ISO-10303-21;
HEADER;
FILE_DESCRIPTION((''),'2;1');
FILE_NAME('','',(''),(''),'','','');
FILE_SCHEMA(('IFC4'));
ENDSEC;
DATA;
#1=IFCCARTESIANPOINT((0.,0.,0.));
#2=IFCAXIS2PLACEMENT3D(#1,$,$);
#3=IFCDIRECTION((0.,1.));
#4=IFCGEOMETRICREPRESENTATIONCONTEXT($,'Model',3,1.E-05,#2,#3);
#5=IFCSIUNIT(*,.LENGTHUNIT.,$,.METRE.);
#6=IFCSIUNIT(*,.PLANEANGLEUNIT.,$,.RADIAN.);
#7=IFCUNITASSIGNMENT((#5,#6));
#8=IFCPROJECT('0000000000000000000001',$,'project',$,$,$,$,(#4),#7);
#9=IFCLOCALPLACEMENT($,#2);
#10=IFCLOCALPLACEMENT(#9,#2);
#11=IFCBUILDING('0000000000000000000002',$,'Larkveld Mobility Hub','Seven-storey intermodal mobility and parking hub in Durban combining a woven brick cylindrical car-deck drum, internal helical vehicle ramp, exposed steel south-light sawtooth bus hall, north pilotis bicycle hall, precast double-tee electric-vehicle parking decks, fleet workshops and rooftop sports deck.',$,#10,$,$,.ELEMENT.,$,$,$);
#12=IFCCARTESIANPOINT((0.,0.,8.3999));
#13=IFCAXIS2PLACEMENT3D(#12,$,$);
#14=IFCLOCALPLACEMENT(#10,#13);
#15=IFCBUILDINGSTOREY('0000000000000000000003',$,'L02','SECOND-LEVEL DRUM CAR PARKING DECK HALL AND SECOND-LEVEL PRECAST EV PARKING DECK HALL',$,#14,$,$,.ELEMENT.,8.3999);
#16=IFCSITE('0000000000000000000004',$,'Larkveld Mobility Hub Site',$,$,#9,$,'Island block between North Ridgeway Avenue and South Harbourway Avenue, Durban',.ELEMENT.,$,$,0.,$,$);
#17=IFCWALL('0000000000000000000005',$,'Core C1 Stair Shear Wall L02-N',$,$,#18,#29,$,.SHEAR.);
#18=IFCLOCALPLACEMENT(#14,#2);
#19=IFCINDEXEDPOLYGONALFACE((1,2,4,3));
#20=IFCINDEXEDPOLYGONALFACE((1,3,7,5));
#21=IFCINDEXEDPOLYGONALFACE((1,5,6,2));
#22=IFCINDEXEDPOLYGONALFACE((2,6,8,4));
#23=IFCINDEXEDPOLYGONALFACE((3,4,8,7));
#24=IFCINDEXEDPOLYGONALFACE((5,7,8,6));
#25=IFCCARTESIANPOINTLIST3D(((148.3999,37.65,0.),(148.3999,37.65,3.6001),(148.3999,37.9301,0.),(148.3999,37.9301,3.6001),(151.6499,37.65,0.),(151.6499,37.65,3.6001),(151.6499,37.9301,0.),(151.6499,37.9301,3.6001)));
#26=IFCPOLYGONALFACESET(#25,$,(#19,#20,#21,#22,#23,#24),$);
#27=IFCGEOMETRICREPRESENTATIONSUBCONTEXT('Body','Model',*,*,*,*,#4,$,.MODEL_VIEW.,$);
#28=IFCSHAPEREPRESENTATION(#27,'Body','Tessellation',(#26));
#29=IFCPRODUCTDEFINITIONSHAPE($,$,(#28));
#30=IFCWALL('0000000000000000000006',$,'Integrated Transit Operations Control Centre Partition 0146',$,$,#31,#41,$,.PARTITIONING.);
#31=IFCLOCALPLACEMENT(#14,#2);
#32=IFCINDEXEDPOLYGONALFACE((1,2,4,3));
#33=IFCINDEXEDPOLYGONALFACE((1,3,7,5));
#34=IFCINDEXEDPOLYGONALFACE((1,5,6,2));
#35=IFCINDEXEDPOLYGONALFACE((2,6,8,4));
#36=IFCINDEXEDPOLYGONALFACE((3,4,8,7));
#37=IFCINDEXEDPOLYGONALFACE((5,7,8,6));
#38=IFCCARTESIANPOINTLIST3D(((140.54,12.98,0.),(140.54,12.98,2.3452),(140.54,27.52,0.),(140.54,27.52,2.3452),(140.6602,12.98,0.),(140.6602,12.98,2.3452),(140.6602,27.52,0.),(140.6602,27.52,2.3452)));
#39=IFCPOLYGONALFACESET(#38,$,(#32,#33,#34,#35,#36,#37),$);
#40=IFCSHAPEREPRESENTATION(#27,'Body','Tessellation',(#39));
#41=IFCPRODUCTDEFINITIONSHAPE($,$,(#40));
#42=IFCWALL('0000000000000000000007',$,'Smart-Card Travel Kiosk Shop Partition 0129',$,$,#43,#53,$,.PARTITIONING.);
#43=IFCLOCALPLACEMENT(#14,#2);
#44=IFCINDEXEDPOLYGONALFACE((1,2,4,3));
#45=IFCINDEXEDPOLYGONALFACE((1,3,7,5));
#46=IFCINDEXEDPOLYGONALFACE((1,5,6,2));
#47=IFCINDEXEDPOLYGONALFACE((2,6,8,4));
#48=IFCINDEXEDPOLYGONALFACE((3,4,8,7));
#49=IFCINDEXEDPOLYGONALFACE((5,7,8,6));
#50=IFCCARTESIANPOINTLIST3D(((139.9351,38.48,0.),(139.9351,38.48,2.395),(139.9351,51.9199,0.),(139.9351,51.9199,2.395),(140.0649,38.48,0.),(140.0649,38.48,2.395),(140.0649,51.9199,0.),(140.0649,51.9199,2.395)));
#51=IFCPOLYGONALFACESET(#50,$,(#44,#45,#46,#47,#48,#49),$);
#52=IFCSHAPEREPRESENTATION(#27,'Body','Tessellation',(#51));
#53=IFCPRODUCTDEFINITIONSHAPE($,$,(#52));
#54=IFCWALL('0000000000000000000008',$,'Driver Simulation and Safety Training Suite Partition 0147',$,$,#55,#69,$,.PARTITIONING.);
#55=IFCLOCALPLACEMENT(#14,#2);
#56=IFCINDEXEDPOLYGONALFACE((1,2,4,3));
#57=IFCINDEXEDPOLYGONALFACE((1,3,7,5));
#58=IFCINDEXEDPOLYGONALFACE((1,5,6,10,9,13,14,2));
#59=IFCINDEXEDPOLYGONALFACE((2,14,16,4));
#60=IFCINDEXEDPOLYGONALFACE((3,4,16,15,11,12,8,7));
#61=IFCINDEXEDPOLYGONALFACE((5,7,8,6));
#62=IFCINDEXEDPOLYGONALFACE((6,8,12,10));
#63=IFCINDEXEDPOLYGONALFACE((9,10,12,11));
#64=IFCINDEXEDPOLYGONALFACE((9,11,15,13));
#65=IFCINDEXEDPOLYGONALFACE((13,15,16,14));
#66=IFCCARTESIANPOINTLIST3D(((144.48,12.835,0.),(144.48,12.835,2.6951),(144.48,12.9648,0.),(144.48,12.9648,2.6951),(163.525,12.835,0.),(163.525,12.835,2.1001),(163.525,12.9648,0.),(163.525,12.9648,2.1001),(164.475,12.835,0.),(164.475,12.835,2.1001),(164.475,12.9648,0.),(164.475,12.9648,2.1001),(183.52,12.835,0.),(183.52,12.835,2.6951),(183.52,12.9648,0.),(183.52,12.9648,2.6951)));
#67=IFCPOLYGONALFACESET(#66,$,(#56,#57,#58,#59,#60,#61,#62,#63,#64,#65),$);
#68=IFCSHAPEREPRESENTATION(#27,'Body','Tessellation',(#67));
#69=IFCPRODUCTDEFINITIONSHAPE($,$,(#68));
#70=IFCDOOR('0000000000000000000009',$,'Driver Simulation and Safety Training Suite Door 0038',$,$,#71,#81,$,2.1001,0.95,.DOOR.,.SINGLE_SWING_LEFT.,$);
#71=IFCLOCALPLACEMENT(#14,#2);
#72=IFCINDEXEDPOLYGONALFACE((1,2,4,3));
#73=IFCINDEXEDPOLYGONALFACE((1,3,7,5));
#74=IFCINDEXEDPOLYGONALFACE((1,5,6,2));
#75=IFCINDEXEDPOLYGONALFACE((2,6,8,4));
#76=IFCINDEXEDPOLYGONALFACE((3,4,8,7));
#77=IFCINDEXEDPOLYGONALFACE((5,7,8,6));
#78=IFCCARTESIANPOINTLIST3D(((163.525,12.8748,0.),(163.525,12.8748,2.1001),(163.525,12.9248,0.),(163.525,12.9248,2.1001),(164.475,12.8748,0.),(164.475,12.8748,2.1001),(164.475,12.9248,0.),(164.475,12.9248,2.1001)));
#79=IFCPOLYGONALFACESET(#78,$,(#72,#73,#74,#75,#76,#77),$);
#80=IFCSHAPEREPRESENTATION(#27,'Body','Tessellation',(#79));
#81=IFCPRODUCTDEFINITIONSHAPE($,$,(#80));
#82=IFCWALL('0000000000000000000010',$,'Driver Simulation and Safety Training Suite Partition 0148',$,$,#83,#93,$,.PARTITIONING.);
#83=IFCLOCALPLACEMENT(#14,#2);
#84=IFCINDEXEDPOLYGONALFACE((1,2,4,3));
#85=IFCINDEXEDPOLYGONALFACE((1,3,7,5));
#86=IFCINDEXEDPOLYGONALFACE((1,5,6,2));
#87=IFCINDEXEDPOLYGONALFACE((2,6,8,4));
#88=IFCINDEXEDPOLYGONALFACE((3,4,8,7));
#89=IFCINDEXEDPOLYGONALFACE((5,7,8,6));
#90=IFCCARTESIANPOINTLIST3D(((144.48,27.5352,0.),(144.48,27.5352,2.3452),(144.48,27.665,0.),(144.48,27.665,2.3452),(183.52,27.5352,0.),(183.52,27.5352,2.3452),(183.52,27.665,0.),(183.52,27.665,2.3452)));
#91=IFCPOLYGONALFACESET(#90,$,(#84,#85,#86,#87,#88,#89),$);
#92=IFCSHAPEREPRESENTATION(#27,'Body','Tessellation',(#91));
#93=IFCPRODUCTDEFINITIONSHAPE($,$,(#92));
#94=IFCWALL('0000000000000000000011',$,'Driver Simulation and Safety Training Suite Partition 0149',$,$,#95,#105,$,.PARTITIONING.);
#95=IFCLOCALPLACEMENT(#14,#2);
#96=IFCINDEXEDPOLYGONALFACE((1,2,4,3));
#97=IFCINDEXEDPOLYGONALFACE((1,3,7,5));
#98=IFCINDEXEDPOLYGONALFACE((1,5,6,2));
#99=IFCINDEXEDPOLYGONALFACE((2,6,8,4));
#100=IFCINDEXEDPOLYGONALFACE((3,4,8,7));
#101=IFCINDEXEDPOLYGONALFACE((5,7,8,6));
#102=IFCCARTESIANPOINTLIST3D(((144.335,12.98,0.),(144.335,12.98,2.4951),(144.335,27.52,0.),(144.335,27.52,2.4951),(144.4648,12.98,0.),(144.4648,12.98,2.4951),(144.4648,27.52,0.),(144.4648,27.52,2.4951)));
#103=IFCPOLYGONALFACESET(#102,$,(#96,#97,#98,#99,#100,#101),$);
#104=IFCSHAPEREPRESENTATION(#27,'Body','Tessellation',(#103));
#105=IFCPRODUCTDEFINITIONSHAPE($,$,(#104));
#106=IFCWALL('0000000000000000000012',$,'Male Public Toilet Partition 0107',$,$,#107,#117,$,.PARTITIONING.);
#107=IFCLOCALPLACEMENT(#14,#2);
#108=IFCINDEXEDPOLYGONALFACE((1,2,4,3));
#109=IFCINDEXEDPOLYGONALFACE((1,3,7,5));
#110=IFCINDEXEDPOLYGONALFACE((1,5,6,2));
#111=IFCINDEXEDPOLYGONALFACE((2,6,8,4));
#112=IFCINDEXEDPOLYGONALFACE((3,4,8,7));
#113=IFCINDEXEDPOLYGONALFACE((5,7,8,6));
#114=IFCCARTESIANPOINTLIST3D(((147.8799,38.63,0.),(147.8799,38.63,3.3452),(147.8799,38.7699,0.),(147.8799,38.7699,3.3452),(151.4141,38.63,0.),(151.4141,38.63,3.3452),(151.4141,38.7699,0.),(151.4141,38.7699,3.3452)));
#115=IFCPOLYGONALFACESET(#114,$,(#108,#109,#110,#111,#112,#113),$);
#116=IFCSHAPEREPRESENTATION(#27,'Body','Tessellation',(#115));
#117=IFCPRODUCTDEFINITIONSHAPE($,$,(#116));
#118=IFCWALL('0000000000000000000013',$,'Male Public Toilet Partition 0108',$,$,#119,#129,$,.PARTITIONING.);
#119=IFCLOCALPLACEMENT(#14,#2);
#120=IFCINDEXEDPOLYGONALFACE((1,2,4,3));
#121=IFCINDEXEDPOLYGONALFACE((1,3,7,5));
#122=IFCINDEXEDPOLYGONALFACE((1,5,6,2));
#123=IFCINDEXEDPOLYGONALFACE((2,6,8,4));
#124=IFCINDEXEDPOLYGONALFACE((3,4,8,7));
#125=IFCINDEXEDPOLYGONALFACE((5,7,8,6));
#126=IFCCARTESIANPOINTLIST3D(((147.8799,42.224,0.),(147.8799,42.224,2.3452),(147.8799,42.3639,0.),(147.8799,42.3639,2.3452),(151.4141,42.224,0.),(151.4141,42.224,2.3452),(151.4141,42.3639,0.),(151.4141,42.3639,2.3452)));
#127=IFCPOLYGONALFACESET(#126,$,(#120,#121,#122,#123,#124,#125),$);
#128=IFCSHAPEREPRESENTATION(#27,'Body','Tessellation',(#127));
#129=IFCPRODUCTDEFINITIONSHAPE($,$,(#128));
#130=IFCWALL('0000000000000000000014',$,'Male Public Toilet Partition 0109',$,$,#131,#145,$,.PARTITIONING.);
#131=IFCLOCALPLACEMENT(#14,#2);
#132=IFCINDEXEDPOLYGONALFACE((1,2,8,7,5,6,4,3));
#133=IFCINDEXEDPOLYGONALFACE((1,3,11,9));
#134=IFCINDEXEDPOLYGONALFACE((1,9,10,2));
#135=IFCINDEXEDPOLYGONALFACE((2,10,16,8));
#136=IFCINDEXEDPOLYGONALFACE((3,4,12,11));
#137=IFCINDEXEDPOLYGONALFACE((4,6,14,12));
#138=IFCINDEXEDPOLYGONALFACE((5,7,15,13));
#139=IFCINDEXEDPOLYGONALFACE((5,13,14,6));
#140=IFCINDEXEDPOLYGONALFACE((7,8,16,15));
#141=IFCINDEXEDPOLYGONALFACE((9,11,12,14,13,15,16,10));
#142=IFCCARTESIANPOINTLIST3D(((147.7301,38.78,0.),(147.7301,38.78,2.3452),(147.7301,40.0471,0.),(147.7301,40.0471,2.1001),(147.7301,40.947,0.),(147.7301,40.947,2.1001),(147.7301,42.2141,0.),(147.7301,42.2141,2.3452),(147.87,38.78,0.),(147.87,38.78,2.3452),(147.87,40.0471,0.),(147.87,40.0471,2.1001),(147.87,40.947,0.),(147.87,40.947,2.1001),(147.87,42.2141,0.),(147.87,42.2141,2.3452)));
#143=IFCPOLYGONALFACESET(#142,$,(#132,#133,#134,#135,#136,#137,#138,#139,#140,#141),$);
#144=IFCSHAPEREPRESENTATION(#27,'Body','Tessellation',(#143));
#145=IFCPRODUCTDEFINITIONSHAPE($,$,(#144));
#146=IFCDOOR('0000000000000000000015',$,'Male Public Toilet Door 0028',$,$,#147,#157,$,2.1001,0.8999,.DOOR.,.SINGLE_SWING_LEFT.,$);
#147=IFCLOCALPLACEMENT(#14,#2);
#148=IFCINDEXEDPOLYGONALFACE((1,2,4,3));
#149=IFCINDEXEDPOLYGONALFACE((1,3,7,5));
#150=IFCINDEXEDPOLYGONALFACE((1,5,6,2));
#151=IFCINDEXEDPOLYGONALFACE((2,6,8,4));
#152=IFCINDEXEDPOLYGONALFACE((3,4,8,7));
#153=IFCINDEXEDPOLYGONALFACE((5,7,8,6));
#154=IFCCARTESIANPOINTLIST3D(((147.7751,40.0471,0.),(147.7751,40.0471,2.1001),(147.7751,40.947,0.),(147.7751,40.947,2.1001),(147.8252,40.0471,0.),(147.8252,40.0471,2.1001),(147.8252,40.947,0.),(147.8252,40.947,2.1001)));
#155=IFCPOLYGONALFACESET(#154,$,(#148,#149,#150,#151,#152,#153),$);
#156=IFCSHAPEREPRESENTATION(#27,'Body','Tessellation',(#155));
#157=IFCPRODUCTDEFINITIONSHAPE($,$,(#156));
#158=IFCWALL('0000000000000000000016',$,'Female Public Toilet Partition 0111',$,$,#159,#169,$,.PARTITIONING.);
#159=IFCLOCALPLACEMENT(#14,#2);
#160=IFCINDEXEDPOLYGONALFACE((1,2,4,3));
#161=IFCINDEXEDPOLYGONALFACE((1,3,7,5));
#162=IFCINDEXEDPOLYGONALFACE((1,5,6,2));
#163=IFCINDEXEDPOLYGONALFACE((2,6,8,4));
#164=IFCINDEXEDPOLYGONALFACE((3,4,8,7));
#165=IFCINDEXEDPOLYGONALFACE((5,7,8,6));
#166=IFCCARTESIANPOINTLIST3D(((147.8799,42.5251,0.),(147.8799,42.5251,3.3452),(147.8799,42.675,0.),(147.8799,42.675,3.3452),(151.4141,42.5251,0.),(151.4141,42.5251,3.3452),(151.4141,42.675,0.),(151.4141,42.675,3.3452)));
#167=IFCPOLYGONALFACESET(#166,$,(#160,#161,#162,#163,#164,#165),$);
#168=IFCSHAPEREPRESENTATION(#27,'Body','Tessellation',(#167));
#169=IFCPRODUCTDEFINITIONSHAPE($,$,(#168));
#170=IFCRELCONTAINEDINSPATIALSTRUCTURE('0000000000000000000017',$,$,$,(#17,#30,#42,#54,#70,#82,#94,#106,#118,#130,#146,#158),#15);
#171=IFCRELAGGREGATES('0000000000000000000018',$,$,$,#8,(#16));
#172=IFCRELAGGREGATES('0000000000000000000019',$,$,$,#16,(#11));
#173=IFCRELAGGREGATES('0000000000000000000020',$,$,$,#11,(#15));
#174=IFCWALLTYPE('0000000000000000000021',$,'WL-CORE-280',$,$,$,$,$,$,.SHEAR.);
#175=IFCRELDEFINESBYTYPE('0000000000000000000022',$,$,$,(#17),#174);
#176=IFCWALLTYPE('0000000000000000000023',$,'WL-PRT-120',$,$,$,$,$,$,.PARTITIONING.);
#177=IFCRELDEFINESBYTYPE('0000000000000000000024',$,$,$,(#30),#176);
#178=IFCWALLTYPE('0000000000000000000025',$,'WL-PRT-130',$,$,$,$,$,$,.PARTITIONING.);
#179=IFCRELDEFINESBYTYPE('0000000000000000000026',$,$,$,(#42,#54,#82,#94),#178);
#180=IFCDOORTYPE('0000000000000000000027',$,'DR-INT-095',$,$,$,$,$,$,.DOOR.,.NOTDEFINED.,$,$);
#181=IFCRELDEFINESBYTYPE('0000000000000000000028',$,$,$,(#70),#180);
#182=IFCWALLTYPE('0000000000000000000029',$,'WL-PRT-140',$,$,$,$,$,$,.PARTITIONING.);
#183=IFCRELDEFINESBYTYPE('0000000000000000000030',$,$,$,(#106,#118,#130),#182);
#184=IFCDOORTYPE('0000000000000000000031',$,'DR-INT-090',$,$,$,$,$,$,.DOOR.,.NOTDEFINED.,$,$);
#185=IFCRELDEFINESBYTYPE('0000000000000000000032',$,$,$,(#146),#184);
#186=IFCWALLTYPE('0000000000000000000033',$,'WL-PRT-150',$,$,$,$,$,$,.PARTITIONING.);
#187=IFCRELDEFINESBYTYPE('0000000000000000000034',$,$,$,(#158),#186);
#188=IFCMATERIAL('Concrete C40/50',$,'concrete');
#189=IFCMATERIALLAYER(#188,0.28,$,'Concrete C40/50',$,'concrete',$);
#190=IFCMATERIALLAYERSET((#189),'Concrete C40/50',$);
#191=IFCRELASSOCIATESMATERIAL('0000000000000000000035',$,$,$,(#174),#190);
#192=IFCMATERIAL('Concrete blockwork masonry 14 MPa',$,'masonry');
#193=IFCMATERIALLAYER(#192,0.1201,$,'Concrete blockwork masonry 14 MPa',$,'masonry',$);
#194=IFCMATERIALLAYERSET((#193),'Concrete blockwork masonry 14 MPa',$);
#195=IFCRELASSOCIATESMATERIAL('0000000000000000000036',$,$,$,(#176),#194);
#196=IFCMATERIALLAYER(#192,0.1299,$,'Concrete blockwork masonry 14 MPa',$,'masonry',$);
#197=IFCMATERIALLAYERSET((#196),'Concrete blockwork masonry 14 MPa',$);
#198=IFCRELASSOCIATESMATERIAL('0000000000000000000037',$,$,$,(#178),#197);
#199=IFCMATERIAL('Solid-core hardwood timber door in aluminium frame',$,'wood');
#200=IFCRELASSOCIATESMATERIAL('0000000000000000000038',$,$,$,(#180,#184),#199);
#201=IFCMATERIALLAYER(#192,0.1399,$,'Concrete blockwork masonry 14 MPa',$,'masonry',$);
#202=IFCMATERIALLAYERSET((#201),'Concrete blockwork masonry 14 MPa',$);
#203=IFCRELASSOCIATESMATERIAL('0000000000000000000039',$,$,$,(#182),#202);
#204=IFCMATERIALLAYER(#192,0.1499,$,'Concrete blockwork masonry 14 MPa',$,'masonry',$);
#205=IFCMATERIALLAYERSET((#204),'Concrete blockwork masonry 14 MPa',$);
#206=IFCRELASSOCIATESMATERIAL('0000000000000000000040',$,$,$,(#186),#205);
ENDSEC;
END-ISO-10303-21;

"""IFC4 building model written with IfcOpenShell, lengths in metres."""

from ifc_helpers import new_model, si_unit, direction, frame, frame_2d, origin, place, context, subcontext, project, spatial, rectangle, extrude, material, layer, layer_set, type_object, element, fill, save


model = new_model("IFC4")

# Units and contexts
model_context = context("Model", 3, precision=1e-05, world=origin(), true_north=direction((0.0, 1.0)))
body_context = subcontext(model_context, "Body", "Model", "MODEL_VIEW")
ifc_project = project(units=[si_unit("LENGTHUNIT", "METRE"), si_unit("PLANEANGLEUNIT", "RADIAN")], contexts=[model_context])

# Site, building, storey
site_placement = place(None, origin())
site = spatial("IfcSite", under=ifc_project, at=site_placement, Name="Larkveld Mobility Hub Site", LongName="Island block between North Ridgeway Avenue and South Harbourway Avenue, Durban", CompositionType="ELEMENT", RefElevation=0.0)
building_placement = place(site_placement, origin())
building = spatial("IfcBuilding", under=site, at=building_placement, Name="Larkveld Mobility Hub", Description="Seven-storey intermodal mobility and parking hub in Durban combining a woven brick cylindrical car-deck drum, internal helical vehicle ramp, exposed steel south-light sawtooth bus hall, north pilotis bicycle hall, precast double-tee electric-vehicle parking decks, fleet workshops and rooftop sports deck.", CompositionType="ELEMENT")
storey_placement = place(building_placement, frame((0.0, 0.0, 8.3999)))
storey = spatial("IfcBuildingStorey", under=building, at=storey_placement, Name="L02", Description="SECOND-LEVEL DRUM CAR PARKING DECK HALL AND SECOND-LEVEL PRECAST EV PARKING DECK HALL", CompositionType="ELEMENT", Elevation=8.3999)

# Shared definitions
ifc_material_1 = material(Name="Concrete C40/50", Category="concrete")

# Shared definitions
ifc_layer_1 = layer(ifc_material_1, 0.28, Name="Concrete C40/50", Category="concrete")
ifc_layer_set_1 = layer_set([ifc_layer_1], Name="Concrete C40/50")
wall_type_1 = type_object("IfcWallType", Name="WL-CORE-280", PredefinedType="SHEAR", material=ifc_layer_set_1)

# Walls
wall_1_placement = place(storey_placement, frame((148.3999, 37.79, 0.0), z_axis=(0.0, 0.0, 1.0), x_axis=(1.0, 0.0, 0.0)))
element("IfcWall", 1, at=wall_1_placement, inside=storey, type_object=wall_type_1, Name="Core C1 Stair Shear Wall L02-N", PredefinedType="SHEAR", context=body_context, shape_type="SweptSolid", body=[
    extrude(rectangle(XDim=3.25, YDim=0.28, at=frame_2d((1.625, 0.0))), origin(), (0.0, 0.0, 1.0), 3.6001),
])
ifc_material_2 = material(Name="Concrete blockwork masonry 14 MPa", Category="masonry")
ifc_layer_2 = layer(ifc_material_2, 0.1201, Name="Concrete blockwork masonry 14 MPa", Category="masonry")
ifc_layer_set_2 = layer_set([ifc_layer_2], Name="Concrete blockwork masonry 14 MPa")
wall_type_2 = type_object("IfcWallType", Name="WL-PRT-120", PredefinedType="PARTITIONING", material=ifc_layer_set_2)
wall_2_placement = place(storey_placement, frame((140.6001, 12.98, 0.0), z_axis=(0.0, 0.0, 1.0), x_axis=(0.0, 1.0, 0.0)))
element("IfcWall", 2, at=wall_2_placement, inside=storey, type_object=wall_type_2, Name="Integrated Transit Operations Control Centre Partition 0146", PredefinedType="PARTITIONING", context=body_context, shape_type="SweptSolid", body=[
    extrude(rectangle(XDim=14.54, YDim=0.1201, at=frame_2d((7.27, 0.0))), origin(), (0.0, 0.0, 1.0), 2.3452),
])
ifc_layer_3 = layer(ifc_material_2, 0.1299, Name="Concrete blockwork masonry 14 MPa", Category="masonry")
ifc_layer_set_3 = layer_set([ifc_layer_3], Name="Concrete blockwork masonry 14 MPa")
wall_type_3 = type_object("IfcWallType", Name="WL-PRT-130", PredefinedType="PARTITIONING", material=ifc_layer_set_3)
wall_3_placement = place(storey_placement, frame((140.0, 38.48, 0.0), z_axis=(0.0, 0.0, 1.0), x_axis=(0.0, 1.0, 0.0)))
element("IfcWall", 3, at=wall_3_placement, inside=storey, type_object=wall_type_3, Name="Smart-Card Travel Kiosk Shop Partition 0129", PredefinedType="PARTITIONING", context=body_context, shape_type="SweptSolid", body=[
    extrude(rectangle(XDim=13.4399, YDim=0.1299, at=frame_2d((6.72, 0.0))), origin(), (0.0, 0.0, 1.0), 2.395),
])

# Wall, opening, door
wall_4_placement = place(storey_placement, frame((144.48, 12.8999, 0.0), z_axis=(0.0, 0.0, 1.0), x_axis=(1.0, 0.0, 0.0)))
wall_4 = element("IfcWall", 4, at=wall_4_placement, inside=storey, type_object=wall_type_3, Name="Driver Simulation and Safety Training Suite Partition 0147", PredefinedType="PARTITIONING", context=body_context, shape_type="SweptSolid", body=[
    extrude(rectangle(XDim=39.04, YDim=0.1299, at=frame_2d((19.52, 0.0))), origin(), (0.0, 0.0, 1.0), 2.6951),
])
opening_1_placement = place(wall_4_placement, frame((19.0449, 0.0, 0.0)))
opening_1 = element("IfcOpeningElement", 5, at=opening_1_placement, cuts=wall_4, PredefinedType="OPENING", context=body_context, shape_type="SweptSolid", body=[
    extrude(rectangle(XDim=0.95, YDim=2.1001, at=frame_2d((0.4751, 1.05))), frame((0.0, 0.075, 0.0), z_axis=(0.0, -1.0, 0.0), x_axis=(1.0, 0.0, 0.0)), (0.0, 0.0, 1.0), 0.1499),
])
ifc_material_3 = material(Name="Solid-core hardwood timber door in aluminium frame", Category="wood")
door_type_1 = type_object("IfcDoorType", Name="DR-INT-095", OperationType="NOTDEFINED", PredefinedType="DOOR", material=ifc_material_3)
door_1_placement = place(opening_1_placement, origin())
door_1 = element("IfcDoor", 6, at=door_1_placement, inside=storey, type_object=door_type_1, Name="Driver Simulation and Safety Training Suite Door 0038", OperationType="SINGLE_SWING_LEFT", OverallHeight=2.1001, OverallWidth=0.95, PredefinedType="DOOR", context=body_context, shape_type="SweptSolid", body=[
    extrude(rectangle(XDim=0.95, YDim=2.1001, at=frame_2d((0.4751, 1.05))), frame((0.0, 0.0249, 0.0), z_axis=(0.0, -1.0, 0.0), x_axis=(1.0, 0.0, 0.0)), (0.0, 0.0, 1.0), 0.05),
])
fill(opening_1, door_1)

# Walls
wall_5_placement = place(storey_placement, frame((144.48, 27.6001, 0.0), z_axis=(0.0, 0.0, 1.0), x_axis=(1.0, 0.0, 0.0)))
element("IfcWall", 7, at=wall_5_placement, inside=storey, type_object=wall_type_3, Name="Driver Simulation and Safety Training Suite Partition 0148", PredefinedType="PARTITIONING", context=body_context, shape_type="SweptSolid", body=[
    extrude(rectangle(XDim=39.04, YDim=0.1299, at=frame_2d((19.52, 0.0))), origin(), (0.0, 0.0, 1.0), 2.3452),
])
wall_6_placement = place(storey_placement, frame((144.3999, 12.98, 0.0), z_axis=(0.0, 0.0, 1.0), x_axis=(0.0, 1.0, 0.0)))
element("IfcWall", 8, at=wall_6_placement, inside=storey, type_object=wall_type_3, Name="Driver Simulation and Safety Training Suite Partition 0149", PredefinedType="PARTITIONING", context=body_context, shape_type="SweptSolid", body=[
    extrude(rectangle(XDim=14.54, YDim=0.1299, at=frame_2d((7.27, 0.0))), origin(), (0.0, 0.0, 1.0), 2.4951),
])
ifc_layer_4 = layer(ifc_material_2, 0.1399, Name="Concrete blockwork masonry 14 MPa", Category="masonry")
ifc_layer_set_4 = layer_set([ifc_layer_4], Name="Concrete blockwork masonry 14 MPa")
wall_type_4 = type_object("IfcWallType", Name="WL-PRT-140", PredefinedType="PARTITIONING", material=ifc_layer_set_4)
wall_7_placement = place(storey_placement, frame((147.8799, 38.7, 0.0), z_axis=(0.0, 0.0, 1.0), x_axis=(1.0, 0.0, 0.0)))
element("IfcWall", 9, at=wall_7_placement, inside=storey, type_object=wall_type_4, Name="Male Public Toilet Partition 0107", PredefinedType="PARTITIONING", context=body_context, shape_type="SweptSolid", body=[
    extrude(rectangle(XDim=3.5342, YDim=0.1399, at=frame_2d((1.7671, 0.0))), origin(), (0.0, 0.0, 1.0), 3.3452),
])
wall_8_placement = place(storey_placement, frame((147.8799, 42.2939, 0.0), z_axis=(0.0, 0.0, 1.0), x_axis=(1.0, 0.0, 0.0)))
element("IfcWall", 10, at=wall_8_placement, inside=storey, type_object=wall_type_4, Name="Male Public Toilet Partition 0108", PredefinedType="PARTITIONING", context=body_context, shape_type="SweptSolid", body=[
    extrude(rectangle(XDim=3.5342, YDim=0.1399, at=frame_2d((1.7671, 0.0))), origin(), (0.0, 0.0, 1.0), 2.3452),
])

# Wall, opening, door
wall_9_placement = place(storey_placement, frame((147.8, 38.78, 0.0), z_axis=(0.0, 0.0, 1.0), x_axis=(0.0, 1.0, 0.0)))
wall_9 = element("IfcWall", 11, at=wall_9_placement, inside=storey, type_object=wall_type_4, Name="Male Public Toilet Partition 0109", PredefinedType="PARTITIONING", context=body_context, shape_type="SweptSolid", body=[
    extrude(rectangle(XDim=3.4341, YDim=0.1399, at=frame_2d((1.717, 0.0))), origin(), (0.0, 0.0, 1.0), 2.3452),
])
opening_2_placement = place(wall_9_placement, frame((1.2671, 0.0, 0.0)))
opening_2 = element("IfcOpeningElement", 12, at=opening_2_placement, cuts=wall_9, PredefinedType="OPENING", context=body_context, shape_type="SweptSolid", body=[
    extrude(rectangle(XDim=0.8999, YDim=2.1001, at=frame_2d((0.45, 1.05))), frame((0.0, 0.0801, 0.0), z_axis=(0.0, -1.0, 0.0), x_axis=(1.0, 0.0, 0.0)), (0.0, 0.0, 1.0), 0.1599),
])
door_type_2 = type_object("IfcDoorType", Name="DR-INT-090", OperationType="NOTDEFINED", PredefinedType="DOOR", material=ifc_material_3)
door_2_placement = place(opening_2_placement, origin())
door_2 = element("IfcDoor", 13, at=door_2_placement, inside=storey, type_object=door_type_2, Name="Male Public Toilet Door 0028", OperationType="SINGLE_SWING_LEFT", OverallHeight=2.1001, OverallWidth=0.8999, PredefinedType="DOOR", context=body_context, shape_type="SweptSolid", body=[
    extrude(rectangle(XDim=0.8999, YDim=2.1001, at=frame_2d((0.45, 1.05))), frame((0.0, 0.0249, 0.0), z_axis=(0.0, -1.0, 0.0), x_axis=(1.0, 0.0, 0.0)), (0.0, 0.0, 1.0), 0.05),
])
fill(opening_2, door_2)

# Wall
ifc_layer_5 = layer(ifc_material_2, 0.1499, Name="Concrete blockwork masonry 14 MPa", Category="masonry")
ifc_layer_set_5 = layer_set([ifc_layer_5], Name="Concrete blockwork masonry 14 MPa")
wall_type_5 = type_object("IfcWallType", Name="WL-PRT-150", PredefinedType="PARTITIONING", material=ifc_layer_set_5)
wall_10_placement = place(storey_placement, frame((147.8799, 42.6001, 0.0), z_axis=(0.0, 0.0, 1.0), x_axis=(1.0, 0.0, 0.0)))
element("IfcWall", 14, at=wall_10_placement, inside=storey, type_object=wall_type_5, Name="Female Public Toilet Partition 0111", PredefinedType="PARTITIONING", context=body_context, shape_type="SweptSolid", body=[
    extrude(rectangle(XDim=3.5342, YDim=0.1499, at=frame_2d((1.7671, 0.0))), origin(), (0.0, 0.0, 1.0), 3.3452),
])

save(model, "model.ifc")
